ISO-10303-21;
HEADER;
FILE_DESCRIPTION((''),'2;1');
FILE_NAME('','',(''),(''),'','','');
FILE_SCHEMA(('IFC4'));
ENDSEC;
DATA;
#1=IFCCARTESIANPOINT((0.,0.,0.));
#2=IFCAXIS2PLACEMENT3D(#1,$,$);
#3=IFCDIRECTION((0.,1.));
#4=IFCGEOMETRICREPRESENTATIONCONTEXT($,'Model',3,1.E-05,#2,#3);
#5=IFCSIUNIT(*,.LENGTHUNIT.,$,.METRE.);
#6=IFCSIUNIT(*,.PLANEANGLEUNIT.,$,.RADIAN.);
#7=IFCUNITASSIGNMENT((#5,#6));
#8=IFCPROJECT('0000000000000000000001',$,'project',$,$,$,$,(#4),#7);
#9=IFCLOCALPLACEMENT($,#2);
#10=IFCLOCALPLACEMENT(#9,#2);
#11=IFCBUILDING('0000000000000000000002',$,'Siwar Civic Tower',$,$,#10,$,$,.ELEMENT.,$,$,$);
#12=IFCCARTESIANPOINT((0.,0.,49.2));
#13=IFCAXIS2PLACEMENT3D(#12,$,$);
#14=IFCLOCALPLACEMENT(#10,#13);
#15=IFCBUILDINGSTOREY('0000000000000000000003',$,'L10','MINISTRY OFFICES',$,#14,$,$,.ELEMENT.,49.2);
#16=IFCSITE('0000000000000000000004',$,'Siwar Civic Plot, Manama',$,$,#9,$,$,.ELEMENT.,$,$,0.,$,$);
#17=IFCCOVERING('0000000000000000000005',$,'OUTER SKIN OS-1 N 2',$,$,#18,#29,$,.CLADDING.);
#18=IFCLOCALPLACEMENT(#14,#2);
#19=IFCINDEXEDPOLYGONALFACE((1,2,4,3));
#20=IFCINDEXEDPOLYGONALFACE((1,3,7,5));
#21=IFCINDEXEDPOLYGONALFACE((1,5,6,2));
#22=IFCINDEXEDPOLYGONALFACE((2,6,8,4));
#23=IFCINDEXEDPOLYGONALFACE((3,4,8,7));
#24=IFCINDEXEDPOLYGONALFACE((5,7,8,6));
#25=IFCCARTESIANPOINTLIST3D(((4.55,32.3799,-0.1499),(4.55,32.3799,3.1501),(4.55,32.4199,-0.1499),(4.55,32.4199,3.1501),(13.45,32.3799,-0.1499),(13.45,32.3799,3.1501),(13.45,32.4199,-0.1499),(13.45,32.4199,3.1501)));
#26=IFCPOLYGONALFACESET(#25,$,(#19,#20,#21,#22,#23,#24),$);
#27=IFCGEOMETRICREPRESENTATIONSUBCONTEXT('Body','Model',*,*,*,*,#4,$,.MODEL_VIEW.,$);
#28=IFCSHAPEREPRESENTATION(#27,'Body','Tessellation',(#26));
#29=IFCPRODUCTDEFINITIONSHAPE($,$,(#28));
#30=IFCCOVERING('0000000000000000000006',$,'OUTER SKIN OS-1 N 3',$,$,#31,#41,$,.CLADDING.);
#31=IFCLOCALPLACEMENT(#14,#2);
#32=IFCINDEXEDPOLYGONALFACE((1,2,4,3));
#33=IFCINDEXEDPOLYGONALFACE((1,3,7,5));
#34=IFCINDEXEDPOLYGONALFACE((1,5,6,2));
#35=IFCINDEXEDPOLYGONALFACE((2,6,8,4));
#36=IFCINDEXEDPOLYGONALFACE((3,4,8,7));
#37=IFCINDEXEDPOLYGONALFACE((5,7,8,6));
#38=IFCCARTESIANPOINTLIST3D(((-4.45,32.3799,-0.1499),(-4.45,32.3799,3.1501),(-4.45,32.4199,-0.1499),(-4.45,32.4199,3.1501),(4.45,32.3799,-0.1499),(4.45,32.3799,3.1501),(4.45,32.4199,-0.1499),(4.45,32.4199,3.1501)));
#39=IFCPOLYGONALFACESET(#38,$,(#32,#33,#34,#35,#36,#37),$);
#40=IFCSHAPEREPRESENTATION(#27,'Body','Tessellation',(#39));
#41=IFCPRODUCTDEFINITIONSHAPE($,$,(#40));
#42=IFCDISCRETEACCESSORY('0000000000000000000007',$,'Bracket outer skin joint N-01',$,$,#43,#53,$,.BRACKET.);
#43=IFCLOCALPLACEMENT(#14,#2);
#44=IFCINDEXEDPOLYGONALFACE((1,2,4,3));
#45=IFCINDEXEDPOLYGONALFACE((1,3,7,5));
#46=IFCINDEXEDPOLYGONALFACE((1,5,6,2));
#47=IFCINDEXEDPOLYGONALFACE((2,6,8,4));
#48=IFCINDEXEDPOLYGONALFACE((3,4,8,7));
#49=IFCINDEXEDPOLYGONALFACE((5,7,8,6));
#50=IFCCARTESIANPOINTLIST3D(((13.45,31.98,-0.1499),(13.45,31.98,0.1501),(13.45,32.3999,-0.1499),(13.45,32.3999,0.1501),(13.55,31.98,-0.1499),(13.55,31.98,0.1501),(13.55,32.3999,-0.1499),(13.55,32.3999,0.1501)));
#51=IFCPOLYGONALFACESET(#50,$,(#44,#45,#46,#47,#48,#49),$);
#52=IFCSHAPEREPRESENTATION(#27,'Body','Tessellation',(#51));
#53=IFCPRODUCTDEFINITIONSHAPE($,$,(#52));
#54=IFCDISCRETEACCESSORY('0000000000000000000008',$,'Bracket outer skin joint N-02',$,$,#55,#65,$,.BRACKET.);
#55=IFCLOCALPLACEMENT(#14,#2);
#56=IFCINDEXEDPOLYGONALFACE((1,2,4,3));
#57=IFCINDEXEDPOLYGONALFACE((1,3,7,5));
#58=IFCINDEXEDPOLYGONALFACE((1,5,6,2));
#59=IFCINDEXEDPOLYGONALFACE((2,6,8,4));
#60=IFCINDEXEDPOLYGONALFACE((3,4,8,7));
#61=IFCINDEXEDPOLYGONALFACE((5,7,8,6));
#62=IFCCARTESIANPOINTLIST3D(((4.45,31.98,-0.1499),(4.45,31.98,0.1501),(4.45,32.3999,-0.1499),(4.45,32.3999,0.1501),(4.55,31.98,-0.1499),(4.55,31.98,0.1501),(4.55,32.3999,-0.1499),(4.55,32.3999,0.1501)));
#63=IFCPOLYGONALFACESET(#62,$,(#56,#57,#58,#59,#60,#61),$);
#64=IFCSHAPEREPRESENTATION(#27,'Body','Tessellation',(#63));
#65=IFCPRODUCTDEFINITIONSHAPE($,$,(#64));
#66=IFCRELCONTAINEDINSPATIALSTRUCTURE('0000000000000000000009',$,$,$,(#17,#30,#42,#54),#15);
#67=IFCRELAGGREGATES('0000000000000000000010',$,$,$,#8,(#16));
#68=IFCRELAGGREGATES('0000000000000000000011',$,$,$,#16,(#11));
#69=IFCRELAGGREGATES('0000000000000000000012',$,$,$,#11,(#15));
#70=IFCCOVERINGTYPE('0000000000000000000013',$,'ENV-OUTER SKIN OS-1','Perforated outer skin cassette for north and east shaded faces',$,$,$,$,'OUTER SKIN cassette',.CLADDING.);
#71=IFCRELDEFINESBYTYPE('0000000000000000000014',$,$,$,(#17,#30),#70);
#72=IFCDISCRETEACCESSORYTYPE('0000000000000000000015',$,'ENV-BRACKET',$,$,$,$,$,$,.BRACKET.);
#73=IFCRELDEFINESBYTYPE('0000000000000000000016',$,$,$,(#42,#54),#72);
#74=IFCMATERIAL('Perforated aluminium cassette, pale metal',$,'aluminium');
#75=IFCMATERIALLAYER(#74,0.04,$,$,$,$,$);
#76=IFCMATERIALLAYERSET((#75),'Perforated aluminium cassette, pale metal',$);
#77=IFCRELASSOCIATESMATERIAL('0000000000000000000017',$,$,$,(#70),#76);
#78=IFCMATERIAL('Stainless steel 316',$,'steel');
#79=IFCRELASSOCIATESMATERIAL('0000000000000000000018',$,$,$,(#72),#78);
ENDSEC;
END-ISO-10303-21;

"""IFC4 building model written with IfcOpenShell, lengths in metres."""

from ifc_helpers import new_model, si_unit, direction, frame, origin, origin_2d, place, context, subcontext, project, spatial, rectangle, extrude, material, layer, layer_set, type_object, element, save


model = new_model("IFC4")

# Units and contexts
model_context = context("Model", 3, precision=1e-05, world=origin(), true_north=direction((0.0, 1.0)))
body_context = subcontext(model_context, "Body", "Model", "MODEL_VIEW")
ifc_project = project(units=[si_unit("LENGTHUNIT", "METRE"), si_unit("PLANEANGLEUNIT", "RADIAN")], contexts=[model_context])

# Site, building, storey
site_placement = place(None, origin())
site = spatial("IfcSite", under=ifc_project, at=site_placement, Name="Siwar Civic Plot, Manama", CompositionType="ELEMENT", RefElevation=0.0)
building_placement = place(site_placement, origin())
building = spatial("IfcBuilding", under=site, at=building_placement, Name="Siwar Civic Tower", CompositionType="ELEMENT")
storey_placement = place(building_placement, frame((0.0, 0.0, 49.2)))
storey = spatial("IfcBuildingStorey", under=building, at=storey_placement, Name="L10", Description="MINISTRY OFFICES", CompositionType="ELEMENT", Elevation=49.2)

# Coverings
ifc_material_1 = material(Name="Perforated aluminium cassette, pale metal", Category="aluminium")
ifc_layer_1 = layer(ifc_material_1, 0.04)
ifc_layer_set_1 = layer_set([ifc_layer_1], Name="Perforated aluminium cassette, pale metal")
covering_type = type_object("IfcCoveringType", Name="ENV-OUTER SKIN OS-1", Description="Perforated outer skin cassette for north and east shaded faces", ElementType="OUTER SKIN cassette", PredefinedType="CLADDING", material=ifc_layer_set_1)
for number, where, z_axis, x_axis, name in (
    (1, (9.0, 32.3999, -0.1499), (0.0, 0.0, 1.0), (-1.0, 0.0, 0.0), "OUTER SKIN OS-1 N 2"),
    (2, (0.0, 32.3999, -0.1499), (0.0, 0.0, 1.0), (-1.0, 0.0, 0.0), "OUTER SKIN OS-1 N 3"),
):
    element("IfcCovering", number, at=place(storey_placement, frame(where, z_axis=z_axis, x_axis=x_axis)), inside=storey, type_object=covering_type, Name=name, PredefinedType="CLADDING", context=body_context, shape_type="SweptSolid", body=[
        extrude(rectangle(XDim=8.8999, YDim=0.04, at=origin_2d()), origin(), (0.0, 0.0, 1.0), 3.3),
    ])

# Discrete accessories
ifc_material_2 = material(Name="Stainless steel 316", Category="steel")
discrete_accessory_type = type_object("IfcDiscreteAccessoryType", Name="ENV-BRACKET", PredefinedType="BRACKET", material=ifc_material_2)
for number, where, z_axis, x_axis, name in (
    (3, (13.5, 32.1899, -0.1499), (0.0, 0.0, 1.0), (0.0, 1.0, 0.0), "Bracket outer skin joint N-01"),
    (4, (4.5, 32.1899, -0.1499), (0.0, 0.0, 1.0), (0.0, 1.0, 0.0), "Bracket outer skin joint N-02"),
):
    element("IfcDiscreteAccessory", number, at=place(storey_placement, frame(where, z_axis=z_axis, x_axis=x_axis)), inside=storey, type_object=discrete_accessory_type, Name=name, PredefinedType="BRACKET", context=body_context, shape_type="SweptSolid", body=[
        extrude(rectangle(XDim=0.4199, YDim=0.1001, at=origin_2d()), origin(), (0.0, 0.0, 1.0), 0.3),
    ])

save(model, "model.ifc")
